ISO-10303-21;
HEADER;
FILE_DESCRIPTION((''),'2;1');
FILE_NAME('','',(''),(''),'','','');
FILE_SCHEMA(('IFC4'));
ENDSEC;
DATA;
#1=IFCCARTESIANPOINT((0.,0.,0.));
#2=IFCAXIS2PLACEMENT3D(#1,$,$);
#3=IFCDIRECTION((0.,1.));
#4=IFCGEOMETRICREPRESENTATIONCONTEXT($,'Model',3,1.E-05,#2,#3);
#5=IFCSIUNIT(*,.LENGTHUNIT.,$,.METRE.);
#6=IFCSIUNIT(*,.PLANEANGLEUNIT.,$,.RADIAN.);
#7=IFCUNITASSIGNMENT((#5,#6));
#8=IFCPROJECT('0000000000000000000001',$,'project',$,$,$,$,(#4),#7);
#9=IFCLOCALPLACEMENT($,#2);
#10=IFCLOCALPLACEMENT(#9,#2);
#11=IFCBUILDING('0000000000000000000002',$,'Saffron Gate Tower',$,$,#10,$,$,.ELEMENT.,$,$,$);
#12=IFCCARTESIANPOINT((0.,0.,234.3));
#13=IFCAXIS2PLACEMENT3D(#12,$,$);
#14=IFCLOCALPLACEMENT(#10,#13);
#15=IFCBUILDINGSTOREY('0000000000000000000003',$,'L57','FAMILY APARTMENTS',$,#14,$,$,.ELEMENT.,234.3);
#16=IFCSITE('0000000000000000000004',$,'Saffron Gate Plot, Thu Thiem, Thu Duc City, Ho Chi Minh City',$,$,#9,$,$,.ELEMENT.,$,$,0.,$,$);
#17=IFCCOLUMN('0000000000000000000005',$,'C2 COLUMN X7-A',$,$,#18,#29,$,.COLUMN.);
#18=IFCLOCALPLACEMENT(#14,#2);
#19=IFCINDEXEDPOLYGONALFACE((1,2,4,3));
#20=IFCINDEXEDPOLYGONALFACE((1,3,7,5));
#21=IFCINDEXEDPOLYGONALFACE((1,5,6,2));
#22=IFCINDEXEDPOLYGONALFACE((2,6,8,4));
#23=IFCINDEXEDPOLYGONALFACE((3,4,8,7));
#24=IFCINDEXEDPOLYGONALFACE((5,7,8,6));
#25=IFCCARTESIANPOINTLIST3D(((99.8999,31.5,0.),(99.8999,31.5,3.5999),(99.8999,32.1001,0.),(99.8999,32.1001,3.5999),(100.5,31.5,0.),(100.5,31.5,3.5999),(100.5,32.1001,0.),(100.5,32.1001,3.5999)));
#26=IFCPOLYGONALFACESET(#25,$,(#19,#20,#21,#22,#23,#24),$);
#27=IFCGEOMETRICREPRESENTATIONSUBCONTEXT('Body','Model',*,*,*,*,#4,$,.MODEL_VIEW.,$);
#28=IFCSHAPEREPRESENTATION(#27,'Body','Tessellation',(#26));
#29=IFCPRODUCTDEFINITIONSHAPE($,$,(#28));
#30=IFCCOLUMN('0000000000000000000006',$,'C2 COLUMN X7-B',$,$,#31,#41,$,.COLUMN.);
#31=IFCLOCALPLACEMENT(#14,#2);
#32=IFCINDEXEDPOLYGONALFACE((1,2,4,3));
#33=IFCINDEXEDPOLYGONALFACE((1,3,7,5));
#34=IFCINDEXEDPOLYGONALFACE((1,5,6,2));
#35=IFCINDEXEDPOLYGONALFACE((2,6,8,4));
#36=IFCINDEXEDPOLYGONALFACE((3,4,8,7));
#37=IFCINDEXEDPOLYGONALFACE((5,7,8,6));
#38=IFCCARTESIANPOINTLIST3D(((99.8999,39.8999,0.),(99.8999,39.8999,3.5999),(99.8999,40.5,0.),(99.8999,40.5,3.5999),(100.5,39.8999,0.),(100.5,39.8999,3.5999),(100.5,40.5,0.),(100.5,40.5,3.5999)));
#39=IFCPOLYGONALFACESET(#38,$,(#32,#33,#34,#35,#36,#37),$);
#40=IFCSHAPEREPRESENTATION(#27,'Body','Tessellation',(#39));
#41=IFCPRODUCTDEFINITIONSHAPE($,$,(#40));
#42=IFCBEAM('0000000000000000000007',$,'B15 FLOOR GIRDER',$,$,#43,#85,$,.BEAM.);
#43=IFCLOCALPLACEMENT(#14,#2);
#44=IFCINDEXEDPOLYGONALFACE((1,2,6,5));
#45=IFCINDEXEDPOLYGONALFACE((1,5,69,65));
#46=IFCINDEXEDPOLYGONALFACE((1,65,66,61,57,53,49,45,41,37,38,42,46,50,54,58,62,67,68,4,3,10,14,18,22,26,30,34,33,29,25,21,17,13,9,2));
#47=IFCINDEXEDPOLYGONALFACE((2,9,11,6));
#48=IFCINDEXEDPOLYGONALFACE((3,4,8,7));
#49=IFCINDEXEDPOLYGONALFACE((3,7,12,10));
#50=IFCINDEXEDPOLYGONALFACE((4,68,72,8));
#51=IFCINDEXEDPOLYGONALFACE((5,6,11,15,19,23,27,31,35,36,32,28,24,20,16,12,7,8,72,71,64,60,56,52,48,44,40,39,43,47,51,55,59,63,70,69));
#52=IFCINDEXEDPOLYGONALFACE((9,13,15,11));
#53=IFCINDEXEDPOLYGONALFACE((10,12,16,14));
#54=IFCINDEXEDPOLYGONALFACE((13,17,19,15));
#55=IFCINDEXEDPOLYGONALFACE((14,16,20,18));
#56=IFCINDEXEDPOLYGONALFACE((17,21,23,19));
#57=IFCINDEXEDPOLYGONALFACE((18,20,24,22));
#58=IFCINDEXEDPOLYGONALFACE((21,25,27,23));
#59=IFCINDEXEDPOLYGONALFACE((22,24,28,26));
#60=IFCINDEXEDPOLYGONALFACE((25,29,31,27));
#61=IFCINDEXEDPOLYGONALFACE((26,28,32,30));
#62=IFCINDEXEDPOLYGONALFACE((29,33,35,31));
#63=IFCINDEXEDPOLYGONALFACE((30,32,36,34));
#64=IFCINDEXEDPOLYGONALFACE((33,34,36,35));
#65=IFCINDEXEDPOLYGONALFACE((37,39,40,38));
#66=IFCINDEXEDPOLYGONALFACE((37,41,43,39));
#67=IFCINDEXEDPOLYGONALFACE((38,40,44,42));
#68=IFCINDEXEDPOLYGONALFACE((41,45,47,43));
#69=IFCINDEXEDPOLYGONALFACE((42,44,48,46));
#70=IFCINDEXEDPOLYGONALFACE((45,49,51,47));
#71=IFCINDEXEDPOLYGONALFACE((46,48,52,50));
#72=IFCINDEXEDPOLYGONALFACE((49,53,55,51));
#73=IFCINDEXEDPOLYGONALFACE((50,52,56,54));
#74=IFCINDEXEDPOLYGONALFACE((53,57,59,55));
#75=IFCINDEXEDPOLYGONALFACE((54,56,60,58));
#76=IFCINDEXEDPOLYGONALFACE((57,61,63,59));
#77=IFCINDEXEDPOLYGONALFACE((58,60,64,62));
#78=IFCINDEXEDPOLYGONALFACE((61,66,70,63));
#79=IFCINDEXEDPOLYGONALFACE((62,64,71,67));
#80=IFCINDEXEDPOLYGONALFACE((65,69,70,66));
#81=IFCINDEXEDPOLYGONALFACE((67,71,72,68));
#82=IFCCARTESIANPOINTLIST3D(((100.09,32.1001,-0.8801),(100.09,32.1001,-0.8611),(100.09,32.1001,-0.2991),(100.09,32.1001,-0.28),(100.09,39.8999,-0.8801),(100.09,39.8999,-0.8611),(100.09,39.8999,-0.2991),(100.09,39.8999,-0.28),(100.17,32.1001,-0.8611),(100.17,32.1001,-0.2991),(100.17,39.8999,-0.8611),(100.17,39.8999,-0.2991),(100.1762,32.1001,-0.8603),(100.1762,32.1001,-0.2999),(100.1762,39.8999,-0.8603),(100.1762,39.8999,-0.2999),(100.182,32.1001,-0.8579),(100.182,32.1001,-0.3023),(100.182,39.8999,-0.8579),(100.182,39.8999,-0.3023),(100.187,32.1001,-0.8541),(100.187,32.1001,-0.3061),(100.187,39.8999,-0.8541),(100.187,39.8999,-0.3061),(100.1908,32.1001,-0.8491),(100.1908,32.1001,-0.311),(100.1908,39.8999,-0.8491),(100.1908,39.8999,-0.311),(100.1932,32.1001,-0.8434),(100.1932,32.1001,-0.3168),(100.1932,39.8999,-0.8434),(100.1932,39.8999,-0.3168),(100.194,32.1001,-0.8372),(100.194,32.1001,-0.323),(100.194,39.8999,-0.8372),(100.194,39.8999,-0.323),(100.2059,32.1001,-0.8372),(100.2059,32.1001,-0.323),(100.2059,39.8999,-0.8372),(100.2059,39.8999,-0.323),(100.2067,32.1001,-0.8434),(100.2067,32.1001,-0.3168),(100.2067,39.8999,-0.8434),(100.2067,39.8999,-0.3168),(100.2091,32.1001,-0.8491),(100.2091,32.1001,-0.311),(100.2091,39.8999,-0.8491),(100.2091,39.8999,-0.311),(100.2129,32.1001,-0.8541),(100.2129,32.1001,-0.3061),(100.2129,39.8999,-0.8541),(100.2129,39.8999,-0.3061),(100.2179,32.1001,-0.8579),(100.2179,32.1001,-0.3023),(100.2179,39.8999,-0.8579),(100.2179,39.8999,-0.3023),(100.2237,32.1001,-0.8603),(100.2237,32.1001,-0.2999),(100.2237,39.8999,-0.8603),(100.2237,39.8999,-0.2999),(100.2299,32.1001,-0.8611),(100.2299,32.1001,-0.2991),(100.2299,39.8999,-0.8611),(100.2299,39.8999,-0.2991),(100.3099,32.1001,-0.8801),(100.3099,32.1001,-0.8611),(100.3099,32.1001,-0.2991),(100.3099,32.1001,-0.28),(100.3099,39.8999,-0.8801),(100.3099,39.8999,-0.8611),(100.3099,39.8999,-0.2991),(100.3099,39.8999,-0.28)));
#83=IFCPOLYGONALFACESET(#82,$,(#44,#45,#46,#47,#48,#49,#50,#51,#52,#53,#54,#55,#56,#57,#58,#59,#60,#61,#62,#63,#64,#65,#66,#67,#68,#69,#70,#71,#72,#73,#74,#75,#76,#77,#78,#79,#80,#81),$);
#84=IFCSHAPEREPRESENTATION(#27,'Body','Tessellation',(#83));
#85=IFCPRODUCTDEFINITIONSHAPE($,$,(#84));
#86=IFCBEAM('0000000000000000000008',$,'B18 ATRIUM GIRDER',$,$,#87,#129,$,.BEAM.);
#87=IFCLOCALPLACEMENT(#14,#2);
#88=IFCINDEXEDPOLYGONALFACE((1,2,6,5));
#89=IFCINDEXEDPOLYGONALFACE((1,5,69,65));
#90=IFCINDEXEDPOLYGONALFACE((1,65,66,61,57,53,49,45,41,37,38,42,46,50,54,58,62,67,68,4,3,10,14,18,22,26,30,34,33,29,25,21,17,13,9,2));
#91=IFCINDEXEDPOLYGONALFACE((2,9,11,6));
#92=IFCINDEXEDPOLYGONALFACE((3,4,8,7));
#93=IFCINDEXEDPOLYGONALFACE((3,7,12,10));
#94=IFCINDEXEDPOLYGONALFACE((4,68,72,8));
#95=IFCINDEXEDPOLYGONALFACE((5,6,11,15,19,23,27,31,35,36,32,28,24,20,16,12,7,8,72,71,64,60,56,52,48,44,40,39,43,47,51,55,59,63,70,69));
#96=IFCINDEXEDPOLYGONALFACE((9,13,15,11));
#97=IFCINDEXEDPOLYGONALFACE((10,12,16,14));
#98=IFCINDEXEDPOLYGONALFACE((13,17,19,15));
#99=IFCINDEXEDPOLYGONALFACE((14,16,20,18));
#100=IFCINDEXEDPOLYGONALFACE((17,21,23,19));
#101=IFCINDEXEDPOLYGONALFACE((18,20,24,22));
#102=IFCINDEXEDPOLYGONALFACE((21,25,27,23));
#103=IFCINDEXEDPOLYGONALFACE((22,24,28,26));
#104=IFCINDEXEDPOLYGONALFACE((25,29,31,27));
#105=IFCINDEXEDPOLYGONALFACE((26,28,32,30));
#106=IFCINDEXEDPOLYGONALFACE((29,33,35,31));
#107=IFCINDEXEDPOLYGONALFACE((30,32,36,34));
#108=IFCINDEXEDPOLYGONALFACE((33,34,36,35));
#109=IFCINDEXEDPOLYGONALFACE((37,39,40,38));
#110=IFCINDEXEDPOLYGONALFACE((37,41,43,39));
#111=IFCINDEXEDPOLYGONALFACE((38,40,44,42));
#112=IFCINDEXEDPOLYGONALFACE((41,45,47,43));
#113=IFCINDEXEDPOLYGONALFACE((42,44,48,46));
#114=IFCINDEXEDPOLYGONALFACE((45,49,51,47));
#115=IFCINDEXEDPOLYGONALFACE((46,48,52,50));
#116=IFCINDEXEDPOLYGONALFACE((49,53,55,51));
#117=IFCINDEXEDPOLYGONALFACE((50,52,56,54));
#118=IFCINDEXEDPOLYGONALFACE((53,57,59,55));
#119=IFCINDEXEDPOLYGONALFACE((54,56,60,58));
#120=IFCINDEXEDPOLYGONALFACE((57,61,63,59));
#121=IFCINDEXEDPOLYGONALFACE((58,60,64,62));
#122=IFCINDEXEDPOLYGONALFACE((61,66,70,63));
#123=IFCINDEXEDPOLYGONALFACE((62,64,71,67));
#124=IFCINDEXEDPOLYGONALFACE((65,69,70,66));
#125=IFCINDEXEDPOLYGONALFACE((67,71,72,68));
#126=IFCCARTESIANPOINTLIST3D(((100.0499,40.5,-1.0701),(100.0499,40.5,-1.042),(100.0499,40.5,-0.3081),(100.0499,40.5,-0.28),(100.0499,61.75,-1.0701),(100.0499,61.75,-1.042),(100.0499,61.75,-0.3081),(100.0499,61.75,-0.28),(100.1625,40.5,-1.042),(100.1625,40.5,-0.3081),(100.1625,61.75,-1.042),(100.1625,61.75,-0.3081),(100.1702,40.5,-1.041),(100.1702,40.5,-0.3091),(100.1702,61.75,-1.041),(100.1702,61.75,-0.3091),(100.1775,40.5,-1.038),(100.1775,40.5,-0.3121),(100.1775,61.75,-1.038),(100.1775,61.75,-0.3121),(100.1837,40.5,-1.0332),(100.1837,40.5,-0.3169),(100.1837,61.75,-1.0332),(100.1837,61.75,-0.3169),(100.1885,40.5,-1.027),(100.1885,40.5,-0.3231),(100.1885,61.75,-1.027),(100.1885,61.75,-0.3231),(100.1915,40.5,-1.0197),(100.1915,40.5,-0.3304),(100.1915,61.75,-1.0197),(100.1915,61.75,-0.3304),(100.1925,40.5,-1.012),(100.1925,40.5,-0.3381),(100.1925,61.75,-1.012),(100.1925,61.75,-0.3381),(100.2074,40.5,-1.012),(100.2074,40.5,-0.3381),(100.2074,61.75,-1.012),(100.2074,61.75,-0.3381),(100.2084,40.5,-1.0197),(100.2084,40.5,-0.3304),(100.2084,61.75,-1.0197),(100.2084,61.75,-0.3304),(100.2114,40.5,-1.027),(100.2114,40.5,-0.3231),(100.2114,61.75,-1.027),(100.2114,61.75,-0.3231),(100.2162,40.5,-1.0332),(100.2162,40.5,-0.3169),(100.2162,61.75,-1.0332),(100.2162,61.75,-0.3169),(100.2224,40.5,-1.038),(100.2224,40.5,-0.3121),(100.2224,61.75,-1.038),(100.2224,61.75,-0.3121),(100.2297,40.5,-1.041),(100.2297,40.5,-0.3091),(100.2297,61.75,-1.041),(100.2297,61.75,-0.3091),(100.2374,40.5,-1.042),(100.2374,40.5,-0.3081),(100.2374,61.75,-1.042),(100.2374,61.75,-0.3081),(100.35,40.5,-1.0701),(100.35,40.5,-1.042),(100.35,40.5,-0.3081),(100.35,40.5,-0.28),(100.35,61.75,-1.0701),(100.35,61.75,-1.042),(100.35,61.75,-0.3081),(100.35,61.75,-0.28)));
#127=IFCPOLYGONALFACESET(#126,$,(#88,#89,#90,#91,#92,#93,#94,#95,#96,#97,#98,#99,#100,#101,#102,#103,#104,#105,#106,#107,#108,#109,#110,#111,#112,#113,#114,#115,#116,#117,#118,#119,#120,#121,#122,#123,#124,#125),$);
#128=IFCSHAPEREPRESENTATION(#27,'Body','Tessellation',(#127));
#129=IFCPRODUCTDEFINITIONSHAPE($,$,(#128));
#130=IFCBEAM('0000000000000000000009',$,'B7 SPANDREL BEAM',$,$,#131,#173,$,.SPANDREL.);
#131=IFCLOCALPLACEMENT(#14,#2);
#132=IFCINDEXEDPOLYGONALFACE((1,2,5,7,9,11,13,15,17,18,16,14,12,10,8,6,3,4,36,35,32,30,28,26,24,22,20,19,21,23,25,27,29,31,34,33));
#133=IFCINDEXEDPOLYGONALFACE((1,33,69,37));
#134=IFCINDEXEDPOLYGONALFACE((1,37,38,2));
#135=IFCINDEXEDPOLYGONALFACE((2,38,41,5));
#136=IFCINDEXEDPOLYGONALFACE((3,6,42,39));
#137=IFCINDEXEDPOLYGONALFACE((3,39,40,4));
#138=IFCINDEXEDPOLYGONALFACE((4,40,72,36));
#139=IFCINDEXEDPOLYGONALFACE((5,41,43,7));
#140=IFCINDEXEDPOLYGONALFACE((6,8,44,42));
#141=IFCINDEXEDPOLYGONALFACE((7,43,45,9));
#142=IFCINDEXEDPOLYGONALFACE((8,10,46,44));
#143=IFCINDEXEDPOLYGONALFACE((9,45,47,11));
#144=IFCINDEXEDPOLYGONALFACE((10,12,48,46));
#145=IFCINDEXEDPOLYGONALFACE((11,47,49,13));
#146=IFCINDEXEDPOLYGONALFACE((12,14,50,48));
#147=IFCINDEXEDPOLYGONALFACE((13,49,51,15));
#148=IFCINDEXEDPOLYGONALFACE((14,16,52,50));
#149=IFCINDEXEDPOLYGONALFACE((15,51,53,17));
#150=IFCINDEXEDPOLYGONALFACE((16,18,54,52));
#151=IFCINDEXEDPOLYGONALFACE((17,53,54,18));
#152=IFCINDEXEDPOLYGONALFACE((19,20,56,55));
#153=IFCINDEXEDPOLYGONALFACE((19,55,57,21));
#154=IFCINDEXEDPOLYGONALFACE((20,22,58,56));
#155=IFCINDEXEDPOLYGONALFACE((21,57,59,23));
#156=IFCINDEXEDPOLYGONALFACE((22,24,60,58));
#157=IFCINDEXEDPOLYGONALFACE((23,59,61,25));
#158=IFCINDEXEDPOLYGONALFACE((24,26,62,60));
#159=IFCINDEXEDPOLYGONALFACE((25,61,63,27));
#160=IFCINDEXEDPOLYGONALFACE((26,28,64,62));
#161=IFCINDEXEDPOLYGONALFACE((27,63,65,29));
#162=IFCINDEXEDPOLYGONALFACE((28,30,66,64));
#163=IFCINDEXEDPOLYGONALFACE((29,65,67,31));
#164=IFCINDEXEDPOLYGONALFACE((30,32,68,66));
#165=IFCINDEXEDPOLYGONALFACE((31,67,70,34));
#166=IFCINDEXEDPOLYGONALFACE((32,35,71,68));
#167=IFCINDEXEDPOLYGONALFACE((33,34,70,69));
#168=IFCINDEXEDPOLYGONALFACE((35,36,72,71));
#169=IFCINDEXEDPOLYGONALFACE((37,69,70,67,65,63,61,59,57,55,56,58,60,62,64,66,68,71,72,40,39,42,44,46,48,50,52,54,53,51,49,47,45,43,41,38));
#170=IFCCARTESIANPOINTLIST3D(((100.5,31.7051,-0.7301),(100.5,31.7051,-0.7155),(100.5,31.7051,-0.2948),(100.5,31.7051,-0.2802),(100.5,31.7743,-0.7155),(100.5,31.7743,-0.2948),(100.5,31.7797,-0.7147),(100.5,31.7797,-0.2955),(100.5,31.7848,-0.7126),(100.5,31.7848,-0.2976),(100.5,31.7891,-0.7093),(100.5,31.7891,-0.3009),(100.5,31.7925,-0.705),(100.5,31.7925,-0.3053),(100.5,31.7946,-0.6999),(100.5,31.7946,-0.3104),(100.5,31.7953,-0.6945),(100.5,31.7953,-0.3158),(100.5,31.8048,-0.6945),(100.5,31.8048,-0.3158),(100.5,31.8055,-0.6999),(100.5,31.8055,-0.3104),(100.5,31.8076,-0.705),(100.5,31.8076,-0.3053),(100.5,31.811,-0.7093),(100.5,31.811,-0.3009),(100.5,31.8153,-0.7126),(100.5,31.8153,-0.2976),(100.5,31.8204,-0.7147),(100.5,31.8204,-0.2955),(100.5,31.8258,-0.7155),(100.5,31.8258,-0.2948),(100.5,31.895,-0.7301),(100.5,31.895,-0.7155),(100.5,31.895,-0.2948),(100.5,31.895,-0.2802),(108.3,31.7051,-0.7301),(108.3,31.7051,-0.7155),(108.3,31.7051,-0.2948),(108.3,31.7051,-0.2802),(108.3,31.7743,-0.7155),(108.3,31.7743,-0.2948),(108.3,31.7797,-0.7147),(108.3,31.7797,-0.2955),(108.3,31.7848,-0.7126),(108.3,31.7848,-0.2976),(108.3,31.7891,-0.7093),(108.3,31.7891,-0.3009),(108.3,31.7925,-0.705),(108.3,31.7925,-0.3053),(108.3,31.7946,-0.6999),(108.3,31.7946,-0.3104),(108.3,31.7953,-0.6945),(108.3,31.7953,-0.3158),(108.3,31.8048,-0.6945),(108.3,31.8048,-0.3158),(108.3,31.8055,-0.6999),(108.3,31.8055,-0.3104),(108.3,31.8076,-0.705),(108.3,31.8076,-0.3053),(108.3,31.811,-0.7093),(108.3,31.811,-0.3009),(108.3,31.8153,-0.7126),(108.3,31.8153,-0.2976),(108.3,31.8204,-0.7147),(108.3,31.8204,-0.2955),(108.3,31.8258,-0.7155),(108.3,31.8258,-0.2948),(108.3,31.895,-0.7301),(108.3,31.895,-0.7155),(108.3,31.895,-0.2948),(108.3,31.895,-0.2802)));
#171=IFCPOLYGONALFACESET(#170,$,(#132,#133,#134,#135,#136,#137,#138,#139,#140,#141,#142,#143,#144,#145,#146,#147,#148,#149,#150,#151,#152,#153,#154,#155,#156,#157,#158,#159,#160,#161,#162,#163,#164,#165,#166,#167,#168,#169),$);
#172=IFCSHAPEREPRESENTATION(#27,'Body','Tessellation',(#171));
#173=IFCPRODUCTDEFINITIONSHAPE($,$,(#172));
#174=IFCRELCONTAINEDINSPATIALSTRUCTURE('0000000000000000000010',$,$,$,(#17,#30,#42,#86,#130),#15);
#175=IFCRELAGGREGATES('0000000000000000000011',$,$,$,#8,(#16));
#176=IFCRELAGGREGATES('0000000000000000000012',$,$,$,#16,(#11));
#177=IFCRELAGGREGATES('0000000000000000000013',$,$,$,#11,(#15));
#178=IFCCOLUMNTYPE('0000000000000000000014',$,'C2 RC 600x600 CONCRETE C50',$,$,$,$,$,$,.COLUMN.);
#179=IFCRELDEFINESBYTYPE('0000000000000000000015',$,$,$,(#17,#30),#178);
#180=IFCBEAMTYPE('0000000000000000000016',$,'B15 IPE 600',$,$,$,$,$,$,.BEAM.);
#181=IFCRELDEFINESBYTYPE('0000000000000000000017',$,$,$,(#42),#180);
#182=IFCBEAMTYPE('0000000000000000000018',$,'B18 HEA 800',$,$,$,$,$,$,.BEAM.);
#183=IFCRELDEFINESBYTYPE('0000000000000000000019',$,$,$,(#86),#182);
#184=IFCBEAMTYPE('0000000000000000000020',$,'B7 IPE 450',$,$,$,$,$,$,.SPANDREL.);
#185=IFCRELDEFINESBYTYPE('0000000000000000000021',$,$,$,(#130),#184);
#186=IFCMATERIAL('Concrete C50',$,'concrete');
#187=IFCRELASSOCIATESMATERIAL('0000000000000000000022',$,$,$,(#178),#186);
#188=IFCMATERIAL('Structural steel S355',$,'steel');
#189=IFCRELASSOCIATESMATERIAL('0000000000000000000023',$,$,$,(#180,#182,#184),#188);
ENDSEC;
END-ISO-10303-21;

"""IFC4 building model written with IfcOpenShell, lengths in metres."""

from ifc_helpers import new_model, si_unit, direction, frame, origin, origin_2d, place, context, subcontext, project, spatial, rectangle, i_section, extrude, material, material_profile, profile_set, type_object, element, save


model = new_model("IFC4")

# Units and contexts
model_context = context("Model", 3, precision=1e-05, world=origin(), true_north=direction((0.0, 1.0)))
body_context = subcontext(model_context, "Body", "Model", "MODEL_VIEW")
ifc_project = project(units=[si_unit("LENGTHUNIT", "METRE"), si_unit("PLANEANGLEUNIT", "RADIAN")], contexts=[model_context])

# Site, building, storey
site_placement = place(None, origin())
site = spatial("IfcSite", under=ifc_project, at=site_placement, Name="Saffron Gate Plot, Thu Thiem, Thu Duc City, Ho Chi Minh City", CompositionType="ELEMENT", RefElevation=0.0)
building_placement = place(site_placement, origin())
building = spatial("IfcBuilding", under=site, at=building_placement, Name="Saffron Gate Tower", CompositionType="ELEMENT")
storey_placement = place(building_placement, frame((0.0, 0.0, 234.3)))
storey = spatial("IfcBuildingStorey", under=building, at=storey_placement, Name="L57", Description="FAMILY APARTMENTS", CompositionType="ELEMENT", Elevation=234.3)

# Columns
ifc_material_1 = material(Name="Concrete C50", Category="concrete")
ifc_material_profile_1 = material_profile(ifc_material_1, rectangle(XDim=0.6001, YDim=0.6001, at=origin_2d()))
ifc_profile_set_1 = profile_set([ifc_material_profile_1], Name="Concrete C50")
column_type = type_object("IfcColumnType", Name="C2 RC 600x600 CONCRETE C50", PredefinedType="COLUMN", material=ifc_profile_set_1)
for number, where, z_axis, x_axis, name in (
    (1, (100.2, 31.8, 0.0), (0.0, 0.0, 1.0), (1.0, 0.0, 0.0), "C2 COLUMN X7-A"),
    (2, (100.2, 40.2, 0.0), (0.0, 0.0, 1.0), (1.0, 0.0, 0.0), "C2 COLUMN X7-B"),
):
    element("IfcColumn", number, at=place(storey_placement, frame(where, z_axis=z_axis, x_axis=x_axis)), inside=storey, type_object=column_type, Name=name, PredefinedType="COLUMN", context=body_context, shape_type="SweptSolid", body=[
        extrude(rectangle(XDim=0.6001, YDim=0.6001, at=origin_2d()), origin(), (0.0, 0.0, 1.0), 3.5999),
    ])

# Beams
ifc_material_2 = material(Name="Structural steel S355", Category="steel")
ifc_material_profile_2 = material_profile(ifc_material_2, i_section(OverallWidth=0.22, OverallDepth=0.6001, WebThickness=0.012, FlangeThickness=0.019, FilletRadius=0.0239, at=origin_2d()))
ifc_profile_set_2 = profile_set([ifc_material_profile_2], Name="Structural steel S355")
beam_type_1 = type_object("IfcBeamType", Name="B15 IPE 600", PredefinedType="BEAM", material=ifc_profile_set_2)
beam_1_placement = place(storey_placement, frame((100.2, 32.1001, -0.5801), z_axis=(0.0, 1.0, 0.0), x_axis=(-1.0, 0.0, 0.0)))
element("IfcBeam", 3, at=beam_1_placement, inside=storey, type_object=beam_type_1, Name="B15 FLOOR GIRDER", PredefinedType="BEAM", context=body_context, shape_type="SweptSolid", body=[
    extrude(i_section(OverallWidth=0.22, OverallDepth=0.6001, WebThickness=0.012, FlangeThickness=0.019, FilletRadius=0.0239, at=origin_2d()), origin(), (0.0, 0.0, 1.0), 7.7998),
])
ifc_material_profile_3 = material_profile(ifc_material_2, i_section(OverallWidth=0.3, OverallDepth=0.79, WebThickness=0.0149, FlangeThickness=0.0281, FilletRadius=0.03, at=origin_2d()))
ifc_profile_set_3 = profile_set([ifc_material_profile_3], Name="Structural steel S355")
beam_type_2 = type_object("IfcBeamType", Name="B18 HEA 800", PredefinedType="BEAM", material=ifc_profile_set_3)
beam_2_placement = place(storey_placement, frame((100.2, 40.5, -0.675), z_axis=(0.0, 1.0, 0.0), x_axis=(-1.0, 0.0, 0.0)))
element("IfcBeam", 4, at=beam_2_placement, inside=storey, type_object=beam_type_2, Name="B18 ATRIUM GIRDER", PredefinedType="BEAM", context=body_context, shape_type="SweptSolid", body=[
    extrude(i_section(OverallWidth=0.3, OverallDepth=0.79, WebThickness=0.0149, FlangeThickness=0.0281, FilletRadius=0.03, at=origin_2d()), origin(), (0.0, 0.0, 1.0), 21.25),
])
ifc_material_profile_4 = material_profile(ifc_material_2, i_section(OverallWidth=0.1899, OverallDepth=0.45, WebThickness=0.0095, FlangeThickness=0.0146, FilletRadius=0.021, at=origin_2d()))
ifc_profile_set_4 = profile_set([ifc_material_profile_4], Name="Structural steel S355")
beam_type_3 = type_object("IfcBeamType", Name="B7 IPE 450", PredefinedType="SPANDREL", material=ifc_profile_set_4)
beam_3_placement = place(storey_placement, frame((100.5, 31.8, -0.5051), z_axis=(1.0, 0.0, 0.0), x_axis=(0.0, 1.0, 0.0)))
element("IfcBeam", 5, at=beam_3_placement, inside=storey, type_object=beam_type_3, Name="B7 SPANDREL BEAM", PredefinedType="SPANDREL", context=body_context, shape_type="SweptSolid", body=[
    extrude(i_section(OverallWidth=0.1899, OverallDepth=0.45, WebThickness=0.0095, FlangeThickness=0.0146, FilletRadius=0.021, at=origin_2d()), origin(), (0.0, 0.0, 1.0), 7.8),
])

save(model, "model.ifc")
